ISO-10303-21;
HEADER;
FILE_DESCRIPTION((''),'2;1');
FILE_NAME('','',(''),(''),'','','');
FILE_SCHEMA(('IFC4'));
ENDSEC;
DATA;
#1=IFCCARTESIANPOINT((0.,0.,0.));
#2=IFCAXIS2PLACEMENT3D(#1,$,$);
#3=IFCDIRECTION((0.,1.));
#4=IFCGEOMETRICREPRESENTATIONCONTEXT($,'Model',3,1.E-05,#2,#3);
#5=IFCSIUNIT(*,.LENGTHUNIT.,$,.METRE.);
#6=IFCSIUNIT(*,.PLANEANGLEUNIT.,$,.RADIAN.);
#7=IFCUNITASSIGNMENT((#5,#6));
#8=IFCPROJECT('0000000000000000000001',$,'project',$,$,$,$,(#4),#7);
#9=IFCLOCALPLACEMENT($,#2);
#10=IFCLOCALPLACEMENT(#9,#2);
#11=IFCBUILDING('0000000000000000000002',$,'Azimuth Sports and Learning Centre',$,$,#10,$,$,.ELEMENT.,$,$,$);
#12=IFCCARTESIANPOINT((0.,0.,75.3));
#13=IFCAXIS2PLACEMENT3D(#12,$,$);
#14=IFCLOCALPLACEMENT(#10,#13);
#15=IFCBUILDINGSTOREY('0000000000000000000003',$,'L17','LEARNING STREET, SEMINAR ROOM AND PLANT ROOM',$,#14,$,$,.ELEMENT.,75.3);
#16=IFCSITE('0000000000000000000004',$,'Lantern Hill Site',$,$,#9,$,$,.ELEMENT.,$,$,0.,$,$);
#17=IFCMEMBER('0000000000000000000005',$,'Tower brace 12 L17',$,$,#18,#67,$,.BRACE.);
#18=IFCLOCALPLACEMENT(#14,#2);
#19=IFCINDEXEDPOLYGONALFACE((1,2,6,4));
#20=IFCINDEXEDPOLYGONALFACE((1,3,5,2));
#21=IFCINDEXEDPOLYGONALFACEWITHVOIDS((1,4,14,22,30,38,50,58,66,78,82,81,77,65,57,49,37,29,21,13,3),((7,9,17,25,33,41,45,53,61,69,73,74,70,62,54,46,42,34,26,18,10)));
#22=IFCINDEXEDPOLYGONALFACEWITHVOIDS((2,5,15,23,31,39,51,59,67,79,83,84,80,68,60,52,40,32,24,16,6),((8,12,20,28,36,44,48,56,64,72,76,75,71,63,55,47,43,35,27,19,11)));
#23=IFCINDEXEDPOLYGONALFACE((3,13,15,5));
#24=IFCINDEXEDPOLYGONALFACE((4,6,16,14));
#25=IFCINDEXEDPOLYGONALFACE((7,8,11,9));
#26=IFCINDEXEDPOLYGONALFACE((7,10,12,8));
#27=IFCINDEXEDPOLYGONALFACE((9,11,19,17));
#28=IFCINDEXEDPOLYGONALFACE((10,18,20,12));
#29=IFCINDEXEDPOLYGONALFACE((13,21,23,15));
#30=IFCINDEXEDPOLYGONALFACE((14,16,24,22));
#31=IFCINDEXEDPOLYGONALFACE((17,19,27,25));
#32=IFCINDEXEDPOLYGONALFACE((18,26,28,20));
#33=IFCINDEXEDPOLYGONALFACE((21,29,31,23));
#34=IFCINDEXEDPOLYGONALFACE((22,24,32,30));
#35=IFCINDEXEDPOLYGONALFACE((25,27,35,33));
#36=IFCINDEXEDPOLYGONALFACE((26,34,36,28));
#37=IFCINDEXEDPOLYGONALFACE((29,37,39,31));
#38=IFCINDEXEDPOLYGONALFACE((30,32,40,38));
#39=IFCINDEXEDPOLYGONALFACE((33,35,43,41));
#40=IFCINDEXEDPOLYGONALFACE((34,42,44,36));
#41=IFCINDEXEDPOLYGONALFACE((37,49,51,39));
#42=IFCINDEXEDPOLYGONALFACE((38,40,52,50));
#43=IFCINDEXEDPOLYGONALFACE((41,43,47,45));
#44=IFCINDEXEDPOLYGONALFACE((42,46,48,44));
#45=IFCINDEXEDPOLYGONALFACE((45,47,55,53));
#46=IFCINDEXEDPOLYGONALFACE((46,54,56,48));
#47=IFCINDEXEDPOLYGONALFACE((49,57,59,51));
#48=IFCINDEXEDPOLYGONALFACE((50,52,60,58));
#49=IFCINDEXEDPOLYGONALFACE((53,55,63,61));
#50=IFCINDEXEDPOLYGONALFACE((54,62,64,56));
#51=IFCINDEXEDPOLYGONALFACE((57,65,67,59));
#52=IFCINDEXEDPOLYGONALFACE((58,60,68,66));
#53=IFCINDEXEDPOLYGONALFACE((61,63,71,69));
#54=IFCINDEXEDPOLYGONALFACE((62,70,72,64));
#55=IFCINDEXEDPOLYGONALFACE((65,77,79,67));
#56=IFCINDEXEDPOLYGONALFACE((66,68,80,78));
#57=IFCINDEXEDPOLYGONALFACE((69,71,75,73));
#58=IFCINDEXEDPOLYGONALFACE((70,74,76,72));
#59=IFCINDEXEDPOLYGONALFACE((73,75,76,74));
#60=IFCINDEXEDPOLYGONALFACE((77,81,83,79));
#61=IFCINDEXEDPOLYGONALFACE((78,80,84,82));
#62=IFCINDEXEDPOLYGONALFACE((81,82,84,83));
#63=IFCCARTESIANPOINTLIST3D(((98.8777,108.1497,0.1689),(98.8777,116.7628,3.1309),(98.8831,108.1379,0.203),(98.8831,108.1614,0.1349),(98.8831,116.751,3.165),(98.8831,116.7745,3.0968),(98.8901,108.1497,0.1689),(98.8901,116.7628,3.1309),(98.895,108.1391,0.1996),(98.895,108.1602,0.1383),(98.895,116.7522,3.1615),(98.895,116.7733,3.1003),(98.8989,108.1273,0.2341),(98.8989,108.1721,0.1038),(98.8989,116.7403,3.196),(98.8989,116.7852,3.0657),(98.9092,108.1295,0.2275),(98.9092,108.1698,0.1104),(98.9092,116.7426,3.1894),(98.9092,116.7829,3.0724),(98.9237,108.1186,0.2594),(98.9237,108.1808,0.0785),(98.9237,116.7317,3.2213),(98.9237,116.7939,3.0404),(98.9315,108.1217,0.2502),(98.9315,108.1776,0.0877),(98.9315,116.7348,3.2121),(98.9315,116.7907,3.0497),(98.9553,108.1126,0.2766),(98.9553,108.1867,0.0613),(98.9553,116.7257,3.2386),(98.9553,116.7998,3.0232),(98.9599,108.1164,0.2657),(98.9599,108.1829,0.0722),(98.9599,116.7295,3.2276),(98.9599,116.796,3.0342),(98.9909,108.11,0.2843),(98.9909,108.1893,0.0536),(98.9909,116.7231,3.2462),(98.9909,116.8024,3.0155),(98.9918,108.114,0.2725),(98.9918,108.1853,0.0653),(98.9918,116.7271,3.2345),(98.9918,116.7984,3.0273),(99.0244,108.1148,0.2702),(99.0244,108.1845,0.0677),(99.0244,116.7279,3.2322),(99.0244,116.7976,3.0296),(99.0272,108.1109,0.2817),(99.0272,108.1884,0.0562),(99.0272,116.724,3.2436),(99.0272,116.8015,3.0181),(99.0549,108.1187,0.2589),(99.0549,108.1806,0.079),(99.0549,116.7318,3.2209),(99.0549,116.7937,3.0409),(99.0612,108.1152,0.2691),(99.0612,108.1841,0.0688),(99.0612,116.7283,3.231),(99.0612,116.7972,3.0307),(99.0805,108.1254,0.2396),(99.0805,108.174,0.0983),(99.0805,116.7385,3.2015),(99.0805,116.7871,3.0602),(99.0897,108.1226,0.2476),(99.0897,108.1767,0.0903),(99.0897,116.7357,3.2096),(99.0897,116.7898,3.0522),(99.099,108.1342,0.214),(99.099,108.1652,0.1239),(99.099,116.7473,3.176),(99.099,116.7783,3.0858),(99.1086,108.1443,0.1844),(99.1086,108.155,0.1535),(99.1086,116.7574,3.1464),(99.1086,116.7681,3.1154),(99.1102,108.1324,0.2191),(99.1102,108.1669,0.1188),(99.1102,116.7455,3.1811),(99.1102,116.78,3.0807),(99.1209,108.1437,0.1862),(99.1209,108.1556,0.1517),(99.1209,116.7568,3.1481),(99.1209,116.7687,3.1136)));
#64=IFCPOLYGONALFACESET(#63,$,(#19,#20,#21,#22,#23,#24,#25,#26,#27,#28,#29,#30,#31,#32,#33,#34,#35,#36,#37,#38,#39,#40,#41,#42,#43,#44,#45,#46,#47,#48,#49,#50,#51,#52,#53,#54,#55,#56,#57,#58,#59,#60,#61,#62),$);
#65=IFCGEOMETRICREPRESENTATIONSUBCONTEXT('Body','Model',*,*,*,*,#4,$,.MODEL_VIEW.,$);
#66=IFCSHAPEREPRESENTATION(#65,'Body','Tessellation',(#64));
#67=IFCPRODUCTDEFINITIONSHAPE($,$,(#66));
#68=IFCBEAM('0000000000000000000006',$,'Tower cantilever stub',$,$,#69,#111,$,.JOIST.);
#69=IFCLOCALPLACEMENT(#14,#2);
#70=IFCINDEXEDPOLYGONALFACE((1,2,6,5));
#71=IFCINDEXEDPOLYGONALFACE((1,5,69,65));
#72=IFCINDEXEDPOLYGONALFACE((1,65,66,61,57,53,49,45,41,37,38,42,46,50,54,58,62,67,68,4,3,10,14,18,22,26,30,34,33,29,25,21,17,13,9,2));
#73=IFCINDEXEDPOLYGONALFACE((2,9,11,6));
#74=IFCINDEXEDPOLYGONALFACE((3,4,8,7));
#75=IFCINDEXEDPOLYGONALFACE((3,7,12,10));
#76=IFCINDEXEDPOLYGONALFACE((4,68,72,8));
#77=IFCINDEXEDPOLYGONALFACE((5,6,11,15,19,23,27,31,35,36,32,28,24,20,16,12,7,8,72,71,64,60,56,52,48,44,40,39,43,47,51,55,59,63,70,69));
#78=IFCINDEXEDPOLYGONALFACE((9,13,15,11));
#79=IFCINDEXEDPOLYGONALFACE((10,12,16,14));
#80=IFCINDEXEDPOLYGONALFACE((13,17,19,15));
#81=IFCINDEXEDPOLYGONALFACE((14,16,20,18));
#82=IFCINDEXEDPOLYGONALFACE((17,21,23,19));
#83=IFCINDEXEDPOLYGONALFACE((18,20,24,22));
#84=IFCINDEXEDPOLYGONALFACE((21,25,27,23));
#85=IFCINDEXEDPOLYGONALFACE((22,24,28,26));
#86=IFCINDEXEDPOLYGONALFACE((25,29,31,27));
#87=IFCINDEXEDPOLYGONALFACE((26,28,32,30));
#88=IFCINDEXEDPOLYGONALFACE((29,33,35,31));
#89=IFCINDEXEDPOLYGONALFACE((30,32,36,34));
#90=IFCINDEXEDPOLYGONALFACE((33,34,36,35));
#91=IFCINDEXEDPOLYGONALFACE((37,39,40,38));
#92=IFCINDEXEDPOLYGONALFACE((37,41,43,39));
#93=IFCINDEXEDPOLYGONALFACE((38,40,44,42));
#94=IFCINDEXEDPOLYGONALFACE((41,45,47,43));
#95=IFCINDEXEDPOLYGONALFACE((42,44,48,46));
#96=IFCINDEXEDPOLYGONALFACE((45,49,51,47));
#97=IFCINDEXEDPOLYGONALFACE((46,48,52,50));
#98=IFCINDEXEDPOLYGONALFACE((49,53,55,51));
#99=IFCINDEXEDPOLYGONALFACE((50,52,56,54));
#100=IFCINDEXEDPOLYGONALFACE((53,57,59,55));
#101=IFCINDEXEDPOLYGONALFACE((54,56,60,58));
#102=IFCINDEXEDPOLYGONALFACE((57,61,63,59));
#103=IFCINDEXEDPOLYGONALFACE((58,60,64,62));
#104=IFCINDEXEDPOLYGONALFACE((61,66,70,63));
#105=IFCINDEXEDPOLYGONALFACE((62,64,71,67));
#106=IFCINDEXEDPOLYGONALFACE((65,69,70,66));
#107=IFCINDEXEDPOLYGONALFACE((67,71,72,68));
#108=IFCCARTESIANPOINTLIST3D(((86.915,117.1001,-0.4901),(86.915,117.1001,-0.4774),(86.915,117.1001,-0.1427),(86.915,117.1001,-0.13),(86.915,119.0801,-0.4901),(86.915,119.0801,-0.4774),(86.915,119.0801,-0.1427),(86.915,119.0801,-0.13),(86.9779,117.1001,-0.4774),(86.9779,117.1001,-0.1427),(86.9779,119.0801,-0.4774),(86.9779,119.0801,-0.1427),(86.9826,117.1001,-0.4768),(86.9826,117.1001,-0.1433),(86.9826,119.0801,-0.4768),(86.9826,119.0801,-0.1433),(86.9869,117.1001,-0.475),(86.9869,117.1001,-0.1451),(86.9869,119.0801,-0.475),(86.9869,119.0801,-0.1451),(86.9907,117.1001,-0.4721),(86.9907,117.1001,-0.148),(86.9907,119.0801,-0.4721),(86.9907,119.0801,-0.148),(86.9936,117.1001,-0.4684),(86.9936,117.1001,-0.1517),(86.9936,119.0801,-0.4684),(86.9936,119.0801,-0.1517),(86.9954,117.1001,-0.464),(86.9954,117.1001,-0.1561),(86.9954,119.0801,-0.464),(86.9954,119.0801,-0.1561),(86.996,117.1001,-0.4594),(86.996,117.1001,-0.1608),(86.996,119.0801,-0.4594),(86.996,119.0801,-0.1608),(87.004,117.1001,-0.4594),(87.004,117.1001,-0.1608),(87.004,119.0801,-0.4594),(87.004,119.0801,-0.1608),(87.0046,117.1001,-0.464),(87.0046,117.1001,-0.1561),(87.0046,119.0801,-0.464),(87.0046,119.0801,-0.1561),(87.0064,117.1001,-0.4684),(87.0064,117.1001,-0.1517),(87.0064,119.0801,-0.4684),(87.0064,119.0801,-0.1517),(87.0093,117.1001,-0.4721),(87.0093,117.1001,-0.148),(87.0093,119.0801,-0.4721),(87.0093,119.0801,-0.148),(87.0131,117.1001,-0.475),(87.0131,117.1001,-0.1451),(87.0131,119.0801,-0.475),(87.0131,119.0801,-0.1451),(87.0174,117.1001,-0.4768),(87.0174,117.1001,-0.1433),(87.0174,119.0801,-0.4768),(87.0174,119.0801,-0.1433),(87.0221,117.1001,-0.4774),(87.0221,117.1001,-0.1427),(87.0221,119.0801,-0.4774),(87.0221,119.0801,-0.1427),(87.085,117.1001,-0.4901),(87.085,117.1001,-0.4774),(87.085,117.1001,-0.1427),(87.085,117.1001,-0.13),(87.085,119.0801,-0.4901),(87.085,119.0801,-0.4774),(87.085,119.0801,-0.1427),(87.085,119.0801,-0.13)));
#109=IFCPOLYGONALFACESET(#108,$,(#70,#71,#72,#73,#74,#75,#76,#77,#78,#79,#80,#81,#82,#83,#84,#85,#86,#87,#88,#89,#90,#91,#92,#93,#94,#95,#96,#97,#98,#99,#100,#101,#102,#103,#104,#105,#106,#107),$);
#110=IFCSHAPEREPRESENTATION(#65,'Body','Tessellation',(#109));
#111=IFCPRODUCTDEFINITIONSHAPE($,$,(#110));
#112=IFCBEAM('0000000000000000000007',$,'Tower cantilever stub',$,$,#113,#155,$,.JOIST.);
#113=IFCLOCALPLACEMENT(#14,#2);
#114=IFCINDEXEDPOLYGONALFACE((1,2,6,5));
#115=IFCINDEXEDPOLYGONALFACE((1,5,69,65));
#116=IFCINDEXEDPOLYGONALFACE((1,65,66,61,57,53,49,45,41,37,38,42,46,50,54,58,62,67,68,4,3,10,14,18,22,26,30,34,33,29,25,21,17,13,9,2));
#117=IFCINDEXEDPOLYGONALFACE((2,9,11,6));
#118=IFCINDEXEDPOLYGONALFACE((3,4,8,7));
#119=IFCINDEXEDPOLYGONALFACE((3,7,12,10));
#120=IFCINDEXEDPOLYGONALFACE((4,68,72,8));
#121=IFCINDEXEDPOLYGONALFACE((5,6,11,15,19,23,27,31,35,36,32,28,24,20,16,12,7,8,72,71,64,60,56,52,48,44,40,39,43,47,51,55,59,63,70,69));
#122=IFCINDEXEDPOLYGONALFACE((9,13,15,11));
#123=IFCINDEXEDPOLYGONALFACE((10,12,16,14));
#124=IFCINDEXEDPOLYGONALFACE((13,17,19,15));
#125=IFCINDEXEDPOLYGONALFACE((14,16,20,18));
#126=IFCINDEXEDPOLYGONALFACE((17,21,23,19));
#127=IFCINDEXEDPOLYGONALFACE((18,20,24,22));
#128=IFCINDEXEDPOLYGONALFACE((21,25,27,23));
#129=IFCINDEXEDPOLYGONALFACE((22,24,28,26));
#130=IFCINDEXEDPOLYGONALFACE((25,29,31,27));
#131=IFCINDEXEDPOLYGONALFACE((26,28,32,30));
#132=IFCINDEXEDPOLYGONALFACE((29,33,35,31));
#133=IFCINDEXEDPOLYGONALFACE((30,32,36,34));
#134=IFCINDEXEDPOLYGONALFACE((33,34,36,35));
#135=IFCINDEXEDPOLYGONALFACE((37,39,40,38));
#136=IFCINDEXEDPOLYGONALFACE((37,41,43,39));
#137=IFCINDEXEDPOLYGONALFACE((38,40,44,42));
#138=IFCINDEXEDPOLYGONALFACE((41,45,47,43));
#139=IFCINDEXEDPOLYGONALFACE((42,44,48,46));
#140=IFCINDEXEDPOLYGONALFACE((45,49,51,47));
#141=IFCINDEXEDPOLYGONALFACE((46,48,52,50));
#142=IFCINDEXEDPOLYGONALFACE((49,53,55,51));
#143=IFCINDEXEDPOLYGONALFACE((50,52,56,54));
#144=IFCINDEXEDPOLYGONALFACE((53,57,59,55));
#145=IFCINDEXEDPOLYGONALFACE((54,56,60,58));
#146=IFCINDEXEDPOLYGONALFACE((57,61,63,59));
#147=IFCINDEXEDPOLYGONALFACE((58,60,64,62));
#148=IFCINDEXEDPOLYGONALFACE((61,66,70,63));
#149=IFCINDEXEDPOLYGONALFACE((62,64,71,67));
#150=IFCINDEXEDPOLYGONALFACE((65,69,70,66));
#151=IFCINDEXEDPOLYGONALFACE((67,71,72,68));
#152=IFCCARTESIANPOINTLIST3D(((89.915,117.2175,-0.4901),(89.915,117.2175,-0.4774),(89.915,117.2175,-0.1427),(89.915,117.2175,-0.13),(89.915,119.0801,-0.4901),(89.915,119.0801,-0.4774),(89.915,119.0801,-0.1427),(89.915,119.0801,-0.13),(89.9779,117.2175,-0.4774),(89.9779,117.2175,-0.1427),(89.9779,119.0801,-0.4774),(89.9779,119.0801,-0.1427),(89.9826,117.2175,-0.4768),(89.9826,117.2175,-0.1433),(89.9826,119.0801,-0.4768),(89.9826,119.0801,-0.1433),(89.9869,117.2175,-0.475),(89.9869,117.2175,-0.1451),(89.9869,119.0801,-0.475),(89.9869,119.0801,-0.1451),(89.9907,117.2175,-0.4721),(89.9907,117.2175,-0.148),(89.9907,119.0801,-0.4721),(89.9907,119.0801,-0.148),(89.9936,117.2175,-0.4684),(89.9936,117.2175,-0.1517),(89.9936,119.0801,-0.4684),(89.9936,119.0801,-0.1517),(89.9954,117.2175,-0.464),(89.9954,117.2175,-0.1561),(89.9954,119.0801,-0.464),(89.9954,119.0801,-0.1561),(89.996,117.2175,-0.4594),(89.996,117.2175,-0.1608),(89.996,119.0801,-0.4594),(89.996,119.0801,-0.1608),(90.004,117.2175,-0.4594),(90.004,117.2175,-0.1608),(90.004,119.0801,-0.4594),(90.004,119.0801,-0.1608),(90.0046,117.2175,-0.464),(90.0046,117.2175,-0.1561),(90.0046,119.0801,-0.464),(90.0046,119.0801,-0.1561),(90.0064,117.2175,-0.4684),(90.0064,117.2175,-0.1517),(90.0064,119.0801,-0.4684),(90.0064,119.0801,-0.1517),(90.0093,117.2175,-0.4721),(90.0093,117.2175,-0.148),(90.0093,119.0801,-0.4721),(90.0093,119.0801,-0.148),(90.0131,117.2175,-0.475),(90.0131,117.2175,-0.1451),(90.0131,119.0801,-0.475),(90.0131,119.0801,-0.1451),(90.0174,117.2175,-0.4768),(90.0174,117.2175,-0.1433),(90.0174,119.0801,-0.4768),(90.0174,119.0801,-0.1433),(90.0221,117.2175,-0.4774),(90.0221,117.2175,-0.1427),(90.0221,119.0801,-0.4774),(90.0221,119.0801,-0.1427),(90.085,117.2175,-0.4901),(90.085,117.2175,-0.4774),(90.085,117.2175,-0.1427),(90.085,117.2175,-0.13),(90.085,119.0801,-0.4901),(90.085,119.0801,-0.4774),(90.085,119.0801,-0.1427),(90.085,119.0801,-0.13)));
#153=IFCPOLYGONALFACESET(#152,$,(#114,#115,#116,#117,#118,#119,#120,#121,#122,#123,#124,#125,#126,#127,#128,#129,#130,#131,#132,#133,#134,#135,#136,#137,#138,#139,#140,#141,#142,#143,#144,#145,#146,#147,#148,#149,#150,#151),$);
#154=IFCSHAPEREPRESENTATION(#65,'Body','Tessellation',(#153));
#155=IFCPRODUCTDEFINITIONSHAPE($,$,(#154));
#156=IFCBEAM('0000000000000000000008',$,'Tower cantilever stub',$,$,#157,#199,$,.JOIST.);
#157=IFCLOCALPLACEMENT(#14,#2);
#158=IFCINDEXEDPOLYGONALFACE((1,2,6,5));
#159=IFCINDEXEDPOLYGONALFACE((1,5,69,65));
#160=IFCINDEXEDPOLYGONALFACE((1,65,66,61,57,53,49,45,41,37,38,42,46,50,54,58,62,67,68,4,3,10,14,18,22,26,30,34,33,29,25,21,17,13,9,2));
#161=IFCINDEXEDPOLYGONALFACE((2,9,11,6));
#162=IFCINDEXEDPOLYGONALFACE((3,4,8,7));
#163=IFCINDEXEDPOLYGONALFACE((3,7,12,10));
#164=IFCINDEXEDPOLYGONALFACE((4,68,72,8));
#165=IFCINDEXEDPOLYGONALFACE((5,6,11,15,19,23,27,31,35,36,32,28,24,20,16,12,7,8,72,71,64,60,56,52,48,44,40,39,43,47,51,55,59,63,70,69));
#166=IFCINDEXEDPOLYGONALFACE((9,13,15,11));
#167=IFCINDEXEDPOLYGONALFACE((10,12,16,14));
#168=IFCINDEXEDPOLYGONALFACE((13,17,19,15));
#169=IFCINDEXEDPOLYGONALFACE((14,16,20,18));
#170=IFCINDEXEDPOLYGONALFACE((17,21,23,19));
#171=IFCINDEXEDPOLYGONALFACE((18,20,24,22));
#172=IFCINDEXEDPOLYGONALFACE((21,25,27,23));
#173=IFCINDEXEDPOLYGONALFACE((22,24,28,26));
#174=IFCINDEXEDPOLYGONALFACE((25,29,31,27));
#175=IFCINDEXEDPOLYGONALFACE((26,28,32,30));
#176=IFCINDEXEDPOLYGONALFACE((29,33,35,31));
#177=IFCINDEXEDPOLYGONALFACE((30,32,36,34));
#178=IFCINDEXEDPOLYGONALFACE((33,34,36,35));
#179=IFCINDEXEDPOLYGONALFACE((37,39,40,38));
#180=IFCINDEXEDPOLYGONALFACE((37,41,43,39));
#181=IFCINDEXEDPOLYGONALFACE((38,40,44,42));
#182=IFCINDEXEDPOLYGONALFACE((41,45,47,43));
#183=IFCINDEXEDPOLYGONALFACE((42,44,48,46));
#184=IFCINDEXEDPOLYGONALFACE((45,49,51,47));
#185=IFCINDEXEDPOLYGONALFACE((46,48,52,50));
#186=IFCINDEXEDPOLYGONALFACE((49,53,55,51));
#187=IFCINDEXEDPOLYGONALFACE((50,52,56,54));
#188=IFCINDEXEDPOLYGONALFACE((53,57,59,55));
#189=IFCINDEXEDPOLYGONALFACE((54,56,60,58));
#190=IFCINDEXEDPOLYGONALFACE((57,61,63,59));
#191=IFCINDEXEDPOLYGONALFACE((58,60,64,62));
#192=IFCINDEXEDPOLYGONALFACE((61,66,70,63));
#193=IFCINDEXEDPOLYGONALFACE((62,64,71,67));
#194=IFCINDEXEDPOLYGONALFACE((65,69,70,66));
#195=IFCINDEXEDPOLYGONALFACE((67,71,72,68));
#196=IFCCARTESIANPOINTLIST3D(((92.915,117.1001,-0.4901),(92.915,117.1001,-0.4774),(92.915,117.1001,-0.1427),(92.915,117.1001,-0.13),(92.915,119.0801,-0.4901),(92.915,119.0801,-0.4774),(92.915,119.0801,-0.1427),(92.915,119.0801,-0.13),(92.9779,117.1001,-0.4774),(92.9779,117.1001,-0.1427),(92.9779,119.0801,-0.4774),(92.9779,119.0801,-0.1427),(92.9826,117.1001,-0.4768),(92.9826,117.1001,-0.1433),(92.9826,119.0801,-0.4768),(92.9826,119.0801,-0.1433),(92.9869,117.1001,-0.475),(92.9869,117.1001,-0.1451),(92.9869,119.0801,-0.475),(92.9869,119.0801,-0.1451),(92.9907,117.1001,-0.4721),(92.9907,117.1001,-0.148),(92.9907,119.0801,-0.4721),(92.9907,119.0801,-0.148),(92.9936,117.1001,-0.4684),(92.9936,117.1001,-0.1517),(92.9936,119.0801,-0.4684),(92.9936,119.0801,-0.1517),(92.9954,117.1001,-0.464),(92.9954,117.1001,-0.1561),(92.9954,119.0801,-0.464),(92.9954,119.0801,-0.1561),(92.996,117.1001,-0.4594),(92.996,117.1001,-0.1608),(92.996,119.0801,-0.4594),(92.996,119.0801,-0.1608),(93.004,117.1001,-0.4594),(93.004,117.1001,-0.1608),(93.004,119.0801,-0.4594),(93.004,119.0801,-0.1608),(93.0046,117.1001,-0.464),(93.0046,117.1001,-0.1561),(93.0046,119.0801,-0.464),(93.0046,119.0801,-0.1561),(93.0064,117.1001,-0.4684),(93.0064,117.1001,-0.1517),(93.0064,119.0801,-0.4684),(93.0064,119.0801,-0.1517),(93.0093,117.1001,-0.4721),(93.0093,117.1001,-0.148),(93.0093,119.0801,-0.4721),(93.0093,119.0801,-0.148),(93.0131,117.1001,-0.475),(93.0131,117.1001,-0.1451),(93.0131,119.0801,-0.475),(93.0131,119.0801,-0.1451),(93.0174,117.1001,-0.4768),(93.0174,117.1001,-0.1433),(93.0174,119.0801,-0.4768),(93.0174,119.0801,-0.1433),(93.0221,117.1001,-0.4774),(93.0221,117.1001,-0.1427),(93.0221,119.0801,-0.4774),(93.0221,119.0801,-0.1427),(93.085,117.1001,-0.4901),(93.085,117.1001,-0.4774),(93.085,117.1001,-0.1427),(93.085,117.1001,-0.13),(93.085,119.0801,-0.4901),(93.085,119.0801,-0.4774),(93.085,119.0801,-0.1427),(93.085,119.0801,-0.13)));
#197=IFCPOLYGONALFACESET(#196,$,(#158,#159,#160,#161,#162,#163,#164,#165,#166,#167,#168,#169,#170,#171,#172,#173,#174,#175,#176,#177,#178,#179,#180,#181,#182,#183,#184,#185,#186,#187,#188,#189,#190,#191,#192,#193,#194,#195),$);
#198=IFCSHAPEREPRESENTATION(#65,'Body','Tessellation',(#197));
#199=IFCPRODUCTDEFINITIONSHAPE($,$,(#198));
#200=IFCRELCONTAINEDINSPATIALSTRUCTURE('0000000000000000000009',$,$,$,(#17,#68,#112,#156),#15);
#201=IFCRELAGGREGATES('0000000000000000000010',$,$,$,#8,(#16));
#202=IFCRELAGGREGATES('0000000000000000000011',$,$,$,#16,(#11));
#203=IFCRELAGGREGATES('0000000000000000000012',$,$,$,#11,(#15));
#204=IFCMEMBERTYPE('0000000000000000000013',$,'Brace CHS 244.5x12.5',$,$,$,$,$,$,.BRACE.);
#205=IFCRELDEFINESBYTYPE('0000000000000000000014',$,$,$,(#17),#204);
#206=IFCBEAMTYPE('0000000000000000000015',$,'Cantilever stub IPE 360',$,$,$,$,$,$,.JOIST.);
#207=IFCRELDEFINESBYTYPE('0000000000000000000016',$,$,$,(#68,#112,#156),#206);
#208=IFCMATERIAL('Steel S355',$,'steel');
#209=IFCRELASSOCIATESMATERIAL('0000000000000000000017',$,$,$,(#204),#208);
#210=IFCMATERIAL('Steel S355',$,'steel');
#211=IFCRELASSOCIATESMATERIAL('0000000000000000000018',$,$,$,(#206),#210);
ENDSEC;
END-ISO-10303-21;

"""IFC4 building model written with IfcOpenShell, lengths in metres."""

from ifc_helpers import new_model, si_unit, direction, frame, origin, origin_2d, place, context, subcontext, project, spatial, hollow_circle, i_section, extrude, material, material_profile, profile_set, type_object, element, save


model = new_model("IFC4")

# Units and contexts
model_context = context("Model", 3, precision=1e-05, world=origin(), true_north=direction((0.0, 1.0)))
body_context = subcontext(model_context, "Body", "Model", "MODEL_VIEW")
ifc_project = project(units=[si_unit("LENGTHUNIT", "METRE"), si_unit("PLANEANGLEUNIT", "RADIAN")], contexts=[model_context])

# Site, building, storey
site_placement = place(None, origin())
site = spatial("IfcSite", under=ifc_project, at=site_placement, Name="Lantern Hill Site", CompositionType="ELEMENT", RefElevation=0.0)
building_placement = place(site_placement, origin())
building = spatial("IfcBuilding", under=site, at=building_placement, Name="Azimuth Sports and Learning Centre", CompositionType="ELEMENT")
storey_placement = place(building_placement, frame((0.0, 0.0, 75.3)))
storey = spatial("IfcBuildingStorey", under=building, at=storey_placement, Name="L17", Description="LEARNING STREET, SEMINAR ROOM AND PLANT ROOM", CompositionType="ELEMENT", Elevation=75.3)

# Member
ifc_material_1 = material(Name="Steel S355", Category="steel")
ifc_material_profile_1 = material_profile(ifc_material_1, hollow_circle(Radius=0.1223, WallThickness=0.0125, at=origin_2d()), Name="CHS 244.5x12.5")
ifc_profile_set_1 = profile_set([ifc_material_profile_1], Name="Steel S355")
member_type = type_object("IfcMemberType", Name="Brace CHS 244.5x12.5", PredefinedType="BRACE", material=ifc_profile_set_1)
member_placement = place(storey_placement, frame((99.0, 108.1497, 0.1689), z_axis=(0.0, 0.945647, 0.325196), x_axis=(-1.0, 0.0, 0.0)))
element("IfcMember", 1, at=member_placement, inside=storey, type_object=member_type, Name="Tower brace 12 L17", PredefinedType="BRACE", context=body_context, shape_type="SweptSolid", body=[
    extrude(hollow_circle(Radius=0.1223, WallThickness=0.0125, at=origin_2d()), origin(), (0.0, 0.0, 1.0), 9.1082),
])

# Beams
ifc_material_2 = material(Name="Steel S355", Category="steel")
ifc_material_profile_2 = material_profile(ifc_material_2, i_section(OverallWidth=0.1699, OverallDepth=0.3601, WebThickness=0.0081, FlangeThickness=0.0127, FilletRadius=0.0181, at=origin_2d()), Name="IPE 360")
ifc_profile_set_2 = profile_set([ifc_material_profile_2], Name="Steel S355")
beam_type_1 = type_object("IfcBeamType", Name="Cantilever stub IPE 360", PredefinedType="JOIST", material=ifc_profile_set_2)
beam_1_placement = place(storey_placement, frame((87.0, 117.1001, -0.3101), z_axis=(0.0, 1.0, 0.0), x_axis=(-1.0, 0.0, 0.0)))
element("IfcBeam", 2, at=beam_1_placement, inside=storey, type_object=beam_type_1, Name="Tower cantilever stub", PredefinedType="JOIST", context=body_context, shape_type="SweptSolid", body=[
    extrude(i_section(OverallWidth=0.1699, OverallDepth=0.3601, WebThickness=0.0081, FlangeThickness=0.0127, FilletRadius=0.0181, at=origin_2d()), origin(), (0.0, 0.0, 1.0), 1.98),
])
beam_2_placement = place(storey_placement, frame((90.0, 117.2175, -0.3101), z_axis=(0.0, 1.0, 0.0), x_axis=(-1.0, 0.0, 0.0)))
element("IfcBeam", 3, at=beam_2_placement, inside=storey, type_object=beam_type_1, Name="Tower cantilever stub", PredefinedType="JOIST", context=body_context, shape_type="SweptSolid", body=[
    extrude(i_section(OverallWidth=0.1699, OverallDepth=0.3601, WebThickness=0.0081, FlangeThickness=0.0127, FilletRadius=0.0181, at=origin_2d()), origin(), (0.0, 0.0, 1.0), 1.8625),
])
beam_3_placement = place(storey_placement, frame((93.0, 117.1001, -0.3101), z_axis=(0.0, 1.0, 0.0), x_axis=(-1.0, 0.0, 0.0)))
element("IfcBeam", 4, at=beam_3_placement, inside=storey, type_object=beam_type_1, Name="Tower cantilever stub", PredefinedType="JOIST", context=body_context, shape_type="SweptSolid", body=[
    extrude(i_section(OverallWidth=0.1699, OverallDepth=0.3601, WebThickness=0.0081, FlangeThickness=0.0127, FilletRadius=0.0181, at=origin_2d()), origin(), (0.0, 0.0, 1.0), 1.98),
])

save(model, "model.ifc")
